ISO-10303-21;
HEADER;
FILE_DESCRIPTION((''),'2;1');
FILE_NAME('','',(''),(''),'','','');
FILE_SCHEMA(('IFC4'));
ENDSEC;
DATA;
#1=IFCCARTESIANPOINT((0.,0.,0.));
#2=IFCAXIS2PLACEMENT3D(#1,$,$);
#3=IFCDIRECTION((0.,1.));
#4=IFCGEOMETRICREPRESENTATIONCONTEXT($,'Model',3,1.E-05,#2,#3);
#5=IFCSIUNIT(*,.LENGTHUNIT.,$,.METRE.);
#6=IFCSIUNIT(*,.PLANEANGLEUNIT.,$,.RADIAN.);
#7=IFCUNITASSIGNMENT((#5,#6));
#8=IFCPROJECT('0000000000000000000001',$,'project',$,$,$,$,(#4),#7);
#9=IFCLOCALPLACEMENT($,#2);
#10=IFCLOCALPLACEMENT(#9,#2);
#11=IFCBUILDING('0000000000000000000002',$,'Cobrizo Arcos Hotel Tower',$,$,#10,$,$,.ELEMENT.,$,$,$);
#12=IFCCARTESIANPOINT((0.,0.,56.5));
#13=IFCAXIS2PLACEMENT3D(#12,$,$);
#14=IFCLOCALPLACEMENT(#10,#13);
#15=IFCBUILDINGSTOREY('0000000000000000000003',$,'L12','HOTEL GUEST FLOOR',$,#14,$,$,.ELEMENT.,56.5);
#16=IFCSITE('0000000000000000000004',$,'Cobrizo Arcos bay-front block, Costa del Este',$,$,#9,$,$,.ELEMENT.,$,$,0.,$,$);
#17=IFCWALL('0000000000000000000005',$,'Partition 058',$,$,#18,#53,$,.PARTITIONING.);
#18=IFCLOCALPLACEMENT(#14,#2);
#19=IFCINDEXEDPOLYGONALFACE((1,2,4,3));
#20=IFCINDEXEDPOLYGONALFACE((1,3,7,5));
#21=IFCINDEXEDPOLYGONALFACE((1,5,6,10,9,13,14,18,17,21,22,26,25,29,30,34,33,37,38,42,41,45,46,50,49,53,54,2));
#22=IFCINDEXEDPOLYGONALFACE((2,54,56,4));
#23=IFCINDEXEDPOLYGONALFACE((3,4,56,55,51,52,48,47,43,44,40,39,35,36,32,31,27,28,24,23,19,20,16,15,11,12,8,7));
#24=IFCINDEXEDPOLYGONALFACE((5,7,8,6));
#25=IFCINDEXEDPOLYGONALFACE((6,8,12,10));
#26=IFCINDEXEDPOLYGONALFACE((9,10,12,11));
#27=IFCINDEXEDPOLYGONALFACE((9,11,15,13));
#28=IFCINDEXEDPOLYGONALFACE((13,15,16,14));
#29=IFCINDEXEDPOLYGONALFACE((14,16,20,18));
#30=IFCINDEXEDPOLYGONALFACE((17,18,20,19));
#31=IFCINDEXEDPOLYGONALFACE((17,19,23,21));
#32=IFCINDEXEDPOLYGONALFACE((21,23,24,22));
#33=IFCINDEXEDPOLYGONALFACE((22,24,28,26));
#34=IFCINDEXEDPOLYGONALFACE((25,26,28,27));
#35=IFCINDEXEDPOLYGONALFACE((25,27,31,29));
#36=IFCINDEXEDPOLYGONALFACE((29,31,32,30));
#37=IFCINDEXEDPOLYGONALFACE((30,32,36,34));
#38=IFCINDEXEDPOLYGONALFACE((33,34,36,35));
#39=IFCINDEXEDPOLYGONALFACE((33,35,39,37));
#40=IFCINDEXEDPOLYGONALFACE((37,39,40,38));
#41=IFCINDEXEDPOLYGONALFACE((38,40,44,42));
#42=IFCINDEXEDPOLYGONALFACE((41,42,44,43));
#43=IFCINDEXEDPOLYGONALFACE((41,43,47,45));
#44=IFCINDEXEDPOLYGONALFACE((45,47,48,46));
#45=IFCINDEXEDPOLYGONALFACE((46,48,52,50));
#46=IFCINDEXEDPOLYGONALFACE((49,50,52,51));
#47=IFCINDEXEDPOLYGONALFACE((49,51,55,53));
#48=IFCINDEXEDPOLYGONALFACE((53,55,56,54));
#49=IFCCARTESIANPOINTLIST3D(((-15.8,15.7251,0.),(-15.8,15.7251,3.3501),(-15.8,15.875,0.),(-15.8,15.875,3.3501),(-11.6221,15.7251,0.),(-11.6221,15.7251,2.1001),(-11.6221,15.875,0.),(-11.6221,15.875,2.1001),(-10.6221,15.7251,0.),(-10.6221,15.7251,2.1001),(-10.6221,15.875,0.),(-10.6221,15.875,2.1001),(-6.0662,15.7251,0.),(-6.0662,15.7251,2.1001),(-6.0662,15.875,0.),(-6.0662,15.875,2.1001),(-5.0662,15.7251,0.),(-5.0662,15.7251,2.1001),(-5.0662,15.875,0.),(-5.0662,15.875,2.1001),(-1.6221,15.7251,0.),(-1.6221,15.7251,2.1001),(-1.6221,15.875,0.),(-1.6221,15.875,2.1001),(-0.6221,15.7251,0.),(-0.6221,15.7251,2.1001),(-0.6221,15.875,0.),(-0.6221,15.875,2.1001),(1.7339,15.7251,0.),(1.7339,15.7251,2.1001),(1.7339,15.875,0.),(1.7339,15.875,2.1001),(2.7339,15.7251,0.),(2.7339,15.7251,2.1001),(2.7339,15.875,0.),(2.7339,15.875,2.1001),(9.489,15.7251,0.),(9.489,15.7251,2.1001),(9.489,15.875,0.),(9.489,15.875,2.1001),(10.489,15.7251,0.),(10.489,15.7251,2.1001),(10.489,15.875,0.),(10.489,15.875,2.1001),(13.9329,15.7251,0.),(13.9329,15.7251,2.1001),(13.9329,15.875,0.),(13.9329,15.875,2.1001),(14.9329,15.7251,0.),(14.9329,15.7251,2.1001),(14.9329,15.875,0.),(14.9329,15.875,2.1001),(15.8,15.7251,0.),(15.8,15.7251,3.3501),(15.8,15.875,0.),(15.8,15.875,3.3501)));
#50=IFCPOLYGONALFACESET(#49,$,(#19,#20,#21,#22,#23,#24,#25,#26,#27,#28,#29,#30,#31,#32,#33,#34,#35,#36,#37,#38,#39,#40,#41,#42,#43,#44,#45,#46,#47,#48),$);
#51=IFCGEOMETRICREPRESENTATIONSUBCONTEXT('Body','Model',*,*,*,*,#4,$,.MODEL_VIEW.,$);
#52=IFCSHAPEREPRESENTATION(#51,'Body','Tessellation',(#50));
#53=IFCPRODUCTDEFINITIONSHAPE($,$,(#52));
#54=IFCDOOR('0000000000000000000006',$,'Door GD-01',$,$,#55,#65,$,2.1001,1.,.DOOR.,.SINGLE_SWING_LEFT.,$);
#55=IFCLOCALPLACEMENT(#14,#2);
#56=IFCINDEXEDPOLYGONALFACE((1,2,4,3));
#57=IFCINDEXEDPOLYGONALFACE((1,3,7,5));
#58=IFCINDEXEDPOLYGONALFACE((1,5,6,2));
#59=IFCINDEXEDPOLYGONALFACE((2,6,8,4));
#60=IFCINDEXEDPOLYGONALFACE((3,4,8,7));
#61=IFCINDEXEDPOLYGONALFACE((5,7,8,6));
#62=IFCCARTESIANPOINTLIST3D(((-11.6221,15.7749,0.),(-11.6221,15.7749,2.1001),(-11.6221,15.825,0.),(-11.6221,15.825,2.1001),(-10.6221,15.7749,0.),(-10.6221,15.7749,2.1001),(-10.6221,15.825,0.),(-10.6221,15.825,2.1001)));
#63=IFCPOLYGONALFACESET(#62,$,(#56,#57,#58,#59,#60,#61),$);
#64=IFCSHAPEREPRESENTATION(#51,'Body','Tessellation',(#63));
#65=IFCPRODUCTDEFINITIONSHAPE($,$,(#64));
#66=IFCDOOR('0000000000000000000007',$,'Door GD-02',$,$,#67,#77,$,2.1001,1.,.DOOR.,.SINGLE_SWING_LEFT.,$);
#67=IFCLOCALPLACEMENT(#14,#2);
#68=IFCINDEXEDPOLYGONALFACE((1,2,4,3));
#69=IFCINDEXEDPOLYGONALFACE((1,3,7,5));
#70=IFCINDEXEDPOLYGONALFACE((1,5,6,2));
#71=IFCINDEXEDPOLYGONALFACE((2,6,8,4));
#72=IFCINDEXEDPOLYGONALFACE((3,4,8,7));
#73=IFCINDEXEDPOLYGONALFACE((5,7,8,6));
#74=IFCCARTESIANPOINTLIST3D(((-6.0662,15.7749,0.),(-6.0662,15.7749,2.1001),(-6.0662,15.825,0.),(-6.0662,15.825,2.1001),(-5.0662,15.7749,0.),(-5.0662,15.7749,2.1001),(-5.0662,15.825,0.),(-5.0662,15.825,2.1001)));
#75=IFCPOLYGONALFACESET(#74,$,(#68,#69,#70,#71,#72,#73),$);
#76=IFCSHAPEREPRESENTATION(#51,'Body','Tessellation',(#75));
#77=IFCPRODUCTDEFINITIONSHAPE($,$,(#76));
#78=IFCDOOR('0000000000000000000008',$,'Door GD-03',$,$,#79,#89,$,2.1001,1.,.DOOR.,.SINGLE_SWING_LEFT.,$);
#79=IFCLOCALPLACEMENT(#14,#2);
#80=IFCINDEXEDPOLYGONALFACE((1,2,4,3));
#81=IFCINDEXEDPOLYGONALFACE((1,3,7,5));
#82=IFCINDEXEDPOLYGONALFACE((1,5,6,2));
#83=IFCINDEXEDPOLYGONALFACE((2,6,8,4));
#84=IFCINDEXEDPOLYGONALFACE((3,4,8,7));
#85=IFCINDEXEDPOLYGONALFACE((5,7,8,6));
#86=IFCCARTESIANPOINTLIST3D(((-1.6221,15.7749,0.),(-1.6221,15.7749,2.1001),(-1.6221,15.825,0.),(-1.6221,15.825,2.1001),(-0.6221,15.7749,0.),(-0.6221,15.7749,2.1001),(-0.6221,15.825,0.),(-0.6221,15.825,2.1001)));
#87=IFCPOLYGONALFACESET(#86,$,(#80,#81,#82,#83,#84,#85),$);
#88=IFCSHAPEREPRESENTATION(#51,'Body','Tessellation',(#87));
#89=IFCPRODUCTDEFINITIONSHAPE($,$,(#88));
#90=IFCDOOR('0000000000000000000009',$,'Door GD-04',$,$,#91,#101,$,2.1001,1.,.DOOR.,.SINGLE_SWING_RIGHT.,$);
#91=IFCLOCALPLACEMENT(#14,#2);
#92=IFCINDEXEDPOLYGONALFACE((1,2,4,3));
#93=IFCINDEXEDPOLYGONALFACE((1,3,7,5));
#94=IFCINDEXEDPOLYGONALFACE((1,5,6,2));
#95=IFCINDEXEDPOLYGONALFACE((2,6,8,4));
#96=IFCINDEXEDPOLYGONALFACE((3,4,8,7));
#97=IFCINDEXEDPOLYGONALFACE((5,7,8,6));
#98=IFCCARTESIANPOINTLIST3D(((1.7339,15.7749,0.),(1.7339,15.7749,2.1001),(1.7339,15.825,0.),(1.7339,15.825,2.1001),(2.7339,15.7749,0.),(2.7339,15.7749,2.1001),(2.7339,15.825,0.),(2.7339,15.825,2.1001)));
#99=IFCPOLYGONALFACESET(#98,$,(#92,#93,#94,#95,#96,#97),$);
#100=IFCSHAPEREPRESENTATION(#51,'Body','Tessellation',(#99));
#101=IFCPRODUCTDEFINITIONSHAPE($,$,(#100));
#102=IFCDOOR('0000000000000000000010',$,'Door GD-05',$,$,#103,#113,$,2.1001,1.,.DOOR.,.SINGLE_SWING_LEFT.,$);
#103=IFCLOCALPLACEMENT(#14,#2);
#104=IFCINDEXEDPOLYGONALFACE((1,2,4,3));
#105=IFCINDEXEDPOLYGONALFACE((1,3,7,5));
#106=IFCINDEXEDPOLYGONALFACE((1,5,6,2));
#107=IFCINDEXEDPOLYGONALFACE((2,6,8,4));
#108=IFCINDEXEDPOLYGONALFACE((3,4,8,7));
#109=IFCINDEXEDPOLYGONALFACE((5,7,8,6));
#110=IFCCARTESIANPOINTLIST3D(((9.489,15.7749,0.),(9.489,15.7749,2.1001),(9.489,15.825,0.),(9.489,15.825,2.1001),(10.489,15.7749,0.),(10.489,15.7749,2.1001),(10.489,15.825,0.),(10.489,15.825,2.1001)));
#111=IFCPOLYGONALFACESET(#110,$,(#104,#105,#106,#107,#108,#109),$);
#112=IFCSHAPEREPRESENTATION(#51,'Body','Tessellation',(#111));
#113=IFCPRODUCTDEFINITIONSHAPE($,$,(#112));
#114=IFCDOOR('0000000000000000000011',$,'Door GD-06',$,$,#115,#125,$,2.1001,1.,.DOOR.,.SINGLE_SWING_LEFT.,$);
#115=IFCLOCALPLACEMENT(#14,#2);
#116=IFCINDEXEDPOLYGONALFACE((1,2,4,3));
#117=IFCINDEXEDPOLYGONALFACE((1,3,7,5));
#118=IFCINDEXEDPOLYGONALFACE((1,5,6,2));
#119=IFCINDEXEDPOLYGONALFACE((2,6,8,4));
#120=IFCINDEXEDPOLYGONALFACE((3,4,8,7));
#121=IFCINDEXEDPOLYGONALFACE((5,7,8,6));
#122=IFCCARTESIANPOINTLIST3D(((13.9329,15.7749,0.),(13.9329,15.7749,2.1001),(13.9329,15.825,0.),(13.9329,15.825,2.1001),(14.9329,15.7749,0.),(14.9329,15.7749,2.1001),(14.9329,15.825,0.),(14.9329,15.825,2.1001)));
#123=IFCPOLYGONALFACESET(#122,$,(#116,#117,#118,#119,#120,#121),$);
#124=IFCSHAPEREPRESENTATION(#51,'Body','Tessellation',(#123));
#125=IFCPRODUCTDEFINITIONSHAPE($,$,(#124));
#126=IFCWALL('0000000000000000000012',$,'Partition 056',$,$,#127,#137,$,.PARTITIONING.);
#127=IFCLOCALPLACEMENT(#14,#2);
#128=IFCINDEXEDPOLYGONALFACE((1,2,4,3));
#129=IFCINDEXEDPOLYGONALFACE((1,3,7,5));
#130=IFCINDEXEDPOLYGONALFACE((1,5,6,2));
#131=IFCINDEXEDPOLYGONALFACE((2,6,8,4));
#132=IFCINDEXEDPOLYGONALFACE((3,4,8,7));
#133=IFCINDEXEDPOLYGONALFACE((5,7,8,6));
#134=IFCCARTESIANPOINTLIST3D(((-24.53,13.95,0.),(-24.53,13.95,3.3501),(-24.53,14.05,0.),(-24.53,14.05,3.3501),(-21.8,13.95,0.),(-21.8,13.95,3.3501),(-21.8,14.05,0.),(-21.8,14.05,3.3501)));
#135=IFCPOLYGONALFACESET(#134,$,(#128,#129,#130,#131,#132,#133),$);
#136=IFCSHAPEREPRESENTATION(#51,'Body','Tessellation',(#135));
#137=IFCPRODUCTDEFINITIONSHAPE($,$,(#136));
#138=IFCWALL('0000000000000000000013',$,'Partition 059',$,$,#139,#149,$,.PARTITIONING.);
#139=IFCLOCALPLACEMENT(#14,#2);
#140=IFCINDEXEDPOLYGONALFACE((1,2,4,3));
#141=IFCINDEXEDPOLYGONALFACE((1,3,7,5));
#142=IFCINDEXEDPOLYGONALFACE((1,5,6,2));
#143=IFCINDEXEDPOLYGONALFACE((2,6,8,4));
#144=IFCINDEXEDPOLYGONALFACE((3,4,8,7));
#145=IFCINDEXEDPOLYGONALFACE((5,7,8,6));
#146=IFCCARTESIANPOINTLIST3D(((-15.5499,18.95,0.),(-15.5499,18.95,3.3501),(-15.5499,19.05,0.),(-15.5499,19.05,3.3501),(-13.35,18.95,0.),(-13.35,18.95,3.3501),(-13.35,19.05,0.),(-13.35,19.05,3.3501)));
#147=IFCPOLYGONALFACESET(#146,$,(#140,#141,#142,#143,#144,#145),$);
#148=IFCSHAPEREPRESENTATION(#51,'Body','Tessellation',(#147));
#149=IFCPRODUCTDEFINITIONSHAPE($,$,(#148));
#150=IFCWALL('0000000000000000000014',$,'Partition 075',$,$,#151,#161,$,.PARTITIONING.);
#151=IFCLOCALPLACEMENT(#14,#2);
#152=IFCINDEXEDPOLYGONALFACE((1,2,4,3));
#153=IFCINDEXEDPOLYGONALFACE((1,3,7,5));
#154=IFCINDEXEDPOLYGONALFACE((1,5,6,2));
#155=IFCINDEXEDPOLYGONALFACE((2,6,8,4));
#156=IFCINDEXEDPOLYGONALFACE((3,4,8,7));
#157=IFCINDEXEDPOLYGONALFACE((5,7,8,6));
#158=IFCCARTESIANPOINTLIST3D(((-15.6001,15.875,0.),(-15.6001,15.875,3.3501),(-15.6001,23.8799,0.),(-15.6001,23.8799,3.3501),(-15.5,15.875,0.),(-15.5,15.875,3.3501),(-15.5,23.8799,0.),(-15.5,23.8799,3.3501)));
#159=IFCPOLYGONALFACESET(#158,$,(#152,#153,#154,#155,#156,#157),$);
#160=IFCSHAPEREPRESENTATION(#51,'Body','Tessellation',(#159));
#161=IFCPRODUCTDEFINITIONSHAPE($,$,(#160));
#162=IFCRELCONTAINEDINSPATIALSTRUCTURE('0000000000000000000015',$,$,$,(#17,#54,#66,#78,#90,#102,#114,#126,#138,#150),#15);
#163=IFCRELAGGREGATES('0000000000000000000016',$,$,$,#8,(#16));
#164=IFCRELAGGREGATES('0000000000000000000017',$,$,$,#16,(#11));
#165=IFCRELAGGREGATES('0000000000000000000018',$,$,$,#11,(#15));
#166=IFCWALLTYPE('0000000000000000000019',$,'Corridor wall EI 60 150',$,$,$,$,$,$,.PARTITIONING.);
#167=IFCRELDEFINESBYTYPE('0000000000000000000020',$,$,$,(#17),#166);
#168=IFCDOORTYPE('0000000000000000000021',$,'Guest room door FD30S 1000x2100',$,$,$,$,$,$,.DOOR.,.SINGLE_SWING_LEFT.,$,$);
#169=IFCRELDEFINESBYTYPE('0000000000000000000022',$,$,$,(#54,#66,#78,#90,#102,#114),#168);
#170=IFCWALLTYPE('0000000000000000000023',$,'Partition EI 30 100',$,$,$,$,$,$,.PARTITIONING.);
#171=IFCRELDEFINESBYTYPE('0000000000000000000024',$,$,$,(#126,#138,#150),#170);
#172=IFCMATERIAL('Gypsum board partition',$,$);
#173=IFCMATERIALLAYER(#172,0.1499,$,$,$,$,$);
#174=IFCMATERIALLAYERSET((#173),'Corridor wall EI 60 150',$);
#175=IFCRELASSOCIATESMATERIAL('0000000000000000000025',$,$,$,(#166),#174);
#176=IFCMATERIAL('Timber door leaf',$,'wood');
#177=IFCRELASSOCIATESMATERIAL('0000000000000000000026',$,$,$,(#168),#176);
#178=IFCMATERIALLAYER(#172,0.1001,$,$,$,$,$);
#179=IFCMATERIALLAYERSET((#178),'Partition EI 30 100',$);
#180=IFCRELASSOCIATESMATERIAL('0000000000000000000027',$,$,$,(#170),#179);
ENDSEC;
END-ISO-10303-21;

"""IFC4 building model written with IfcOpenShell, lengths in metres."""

from ifc_helpers import new_model, si_unit, direction, frame, frame_2d, origin, place, context, subcontext, project, spatial, rectangle, extrude, material, layer, layer_set, type_object, element, fill, save


model = new_model("IFC4")

# Units and contexts
model_context = context("Model", 3, precision=1e-05, world=origin(), true_north=direction((0.0, 1.0)))
body_context = subcontext(model_context, "Body", "Model", "MODEL_VIEW")
ifc_project = project(units=[si_unit("LENGTHUNIT", "METRE"), si_unit("PLANEANGLEUNIT", "RADIAN")], contexts=[model_context])

# Site, building, storey
site_placement = place(None, origin())
site = spatial("IfcSite", under=ifc_project, at=site_placement, Name="Cobrizo Arcos bay-front block, Costa del Este", CompositionType="ELEMENT", RefElevation=0.0)
building_placement = place(site_placement, origin())
building = spatial("IfcBuilding", under=site, at=building_placement, Name="Cobrizo Arcos Hotel Tower", CompositionType="ELEMENT")
storey_placement = place(building_placement, frame((0.0, 0.0, 56.5)))
storey = spatial("IfcBuildingStorey", under=building, at=storey_placement, Name="L12", Description="HOTEL GUEST FLOOR", CompositionType="ELEMENT", Elevation=56.5)

# Wall, openings, doors
ifc_material_1 = material(Name="Gypsum board partition")
ifc_layer_1 = layer(ifc_material_1, 0.1499)
ifc_layer_set_1 = layer_set([ifc_layer_1], Name="Corridor wall EI 60 150")
wall_type_1 = type_object("IfcWallType", Name="Corridor wall EI 60 150", PredefinedType="PARTITIONING", material=ifc_layer_set_1)
wall_1_placement = place(storey_placement, frame((-15.8, 15.8, 0.0), z_axis=(0.0, 0.0, 1.0), x_axis=(1.0, 0.0, 0.0)))
wall_1 = element("IfcWall", 1, at=wall_1_placement, inside=storey, type_object=wall_type_1, Name="Partition 058", PredefinedType="PARTITIONING", context=body_context, shape_type="SweptSolid", body=[
    extrude(rectangle(XDim=31.6001, YDim=0.1499, at=frame_2d((15.8, 0.0))), origin(), (0.0, 0.0, 1.0), 3.3501),
])
opening_1_placement = place(wall_1_placement, frame((4.178, 0.0, 0.0)))
opening_1 = element("IfcOpeningElement", 2, at=opening_1_placement, cuts=wall_1, PredefinedType="OPENING", context=body_context, shape_type="SweptSolid", body=[
    extrude(rectangle(XDim=1.0, YDim=2.1001, at=frame_2d((0.5, 1.05))), frame((0.0, 0.0869, 0.0), z_axis=(0.0, -1.0, 0.0), x_axis=(1.0, 0.0, 0.0)), (0.0, 0.0, 1.0), 0.1738),
])
opening_2_placement = place(wall_1_placement, frame((9.7339, 0.0, 0.0)))
opening_2 = element("IfcOpeningElement", 3, at=opening_2_placement, cuts=wall_1, PredefinedType="OPENING", context=body_context, shape_type="SweptSolid", body=[
    extrude(rectangle(XDim=1.0, YDim=2.1001, at=frame_2d((0.5, 1.05))), frame((0.0, 0.0869, 0.0), z_axis=(0.0, -1.0, 0.0), x_axis=(1.0, 0.0, 0.0)), (0.0, 0.0, 1.0), 0.1738),
])
opening_3_placement = place(wall_1_placement, frame((14.178, 0.0, 0.0)))
opening_3 = element("IfcOpeningElement", 4, at=opening_3_placement, cuts=wall_1, PredefinedType="OPENING", context=body_context, shape_type="SweptSolid", body=[
    extrude(rectangle(XDim=1.0, YDim=2.1001, at=frame_2d((0.5, 1.05))), frame((0.0, 0.0869, 0.0), z_axis=(0.0, -1.0, 0.0), x_axis=(1.0, 0.0, 0.0)), (0.0, 0.0, 1.0), 0.1738),
])
opening_4_placement = place(wall_1_placement, frame((17.5339, 0.0, 0.0)))
opening_4 = element("IfcOpeningElement", 5, at=opening_4_placement, cuts=wall_1, PredefinedType="OPENING", context=body_context, shape_type="SweptSolid", body=[
    extrude(rectangle(XDim=1.0, YDim=2.1001, at=frame_2d((0.5, 1.05))), frame((0.0, 0.0869, 0.0), z_axis=(0.0, -1.0, 0.0), x_axis=(1.0, 0.0, 0.0)), (0.0, 0.0, 1.0), 0.1738),
])
opening_5_placement = place(wall_1_placement, frame((25.2891, 0.0, 0.0)))
opening_5 = element("IfcOpeningElement", 6, at=opening_5_placement, cuts=wall_1, PredefinedType="OPENING", context=body_context, shape_type="SweptSolid", body=[
    extrude(rectangle(XDim=1.0, YDim=2.1001, at=frame_2d((0.5, 1.05))), frame((0.0, 0.0869, 0.0), z_axis=(0.0, -1.0, 0.0), x_axis=(1.0, 0.0, 0.0)), (0.0, 0.0, 1.0), 0.1738),
])
opening_6_placement = place(wall_1_placement, frame((29.7329, 0.0, 0.0)))
opening_6 = element("IfcOpeningElement", 7, at=opening_6_placement, cuts=wall_1, PredefinedType="OPENING", context=body_context, shape_type="SweptSolid", body=[
    extrude(rectangle(XDim=1.0, YDim=2.1001, at=frame_2d((0.5, 1.05))), frame((0.0, 0.0869, 0.0), z_axis=(0.0, -1.0, 0.0), x_axis=(1.0, 0.0, 0.0)), (0.0, 0.0, 1.0), 0.1738),
])
ifc_material_2 = material(Name="Timber door leaf", Category="wood")
door_type = type_object("IfcDoorType", Name="Guest room door FD30S 1000x2100", OperationType="SINGLE_SWING_LEFT", PredefinedType="DOOR", material=ifc_material_2)
door_1_placement = place(opening_1_placement, origin())
door_1 = element("IfcDoor", 8, at=door_1_placement, inside=storey, type_object=door_type, Name="Door GD-01", OperationType="SINGLE_SWING_LEFT", OverallHeight=2.1001, OverallWidth=1.0, PredefinedType="DOOR", context=body_context, shape_type="SweptSolid", body=[
    extrude(rectangle(XDim=1.0, YDim=2.1001, at=frame_2d((0.5, 1.05))), frame((0.0, 0.0249, 0.0), z_axis=(0.0, -1.0, 0.0), x_axis=(1.0, 0.0, 0.0)), (0.0, 0.0, 1.0), 0.05),
])
fill(opening_1, door_1)
door_2_placement = place(opening_2_placement, origin())
door_2 = element("IfcDoor", 9, at=door_2_placement, inside=storey, type_object=door_type, Name="Door GD-02", OperationType="SINGLE_SWING_LEFT", OverallHeight=2.1001, OverallWidth=1.0, PredefinedType="DOOR", context=body_context, shape_type="SweptSolid", body=[
    extrude(rectangle(XDim=1.0, YDim=2.1001, at=frame_2d((0.5, 1.05))), frame((0.0, 0.0249, 0.0), z_axis=(0.0, -1.0, 0.0), x_axis=(1.0, 0.0, 0.0)), (0.0, 0.0, 1.0), 0.05),
])
fill(opening_2, door_2)
door_3_placement = place(opening_3_placement, origin())
door_3 = element("IfcDoor", 10, at=door_3_placement, inside=storey, type_object=door_type, Name="Door GD-03", OperationType="SINGLE_SWING_LEFT", OverallHeight=2.1001, OverallWidth=1.0, PredefinedType="DOOR", context=body_context, shape_type="SweptSolid", body=[
    extrude(rectangle(XDim=1.0, YDim=2.1001, at=frame_2d((0.5, 1.05))), frame((0.0, 0.0249, 0.0), z_axis=(0.0, -1.0, 0.0), x_axis=(1.0, 0.0, 0.0)), (0.0, 0.0, 1.0), 0.05),
])
fill(opening_3, door_3)
door_4_placement = place(opening_4_placement, origin())
door_4 = element("IfcDoor", 11, at=door_4_placement, inside=storey, type_object=door_type, Name="Door GD-04", OperationType="SINGLE_SWING_RIGHT", OverallHeight=2.1001, OverallWidth=1.0, PredefinedType="DOOR", context=body_context, shape_type="SweptSolid", body=[
    extrude(rectangle(XDim=1.0, YDim=2.1001, at=frame_2d((0.5, 1.05))), frame((0.0, 0.0249, 0.0), z_axis=(0.0, -1.0, 0.0), x_axis=(1.0, 0.0, 0.0)), (0.0, 0.0, 1.0), 0.05),
])
fill(opening_4, door_4)
door_5_placement = place(opening_5_placement, origin())
door_5 = element("IfcDoor", 12, at=door_5_placement, inside=storey, type_object=door_type, Name="Door GD-05", OperationType="SINGLE_SWING_LEFT", OverallHeight=2.1001, OverallWidth=1.0, PredefinedType="DOOR", context=body_context, shape_type="SweptSolid", body=[
    extrude(rectangle(XDim=1.0, YDim=2.1001, at=frame_2d((0.5, 1.05))), frame((0.0, 0.0249, 0.0), z_axis=(0.0, -1.0, 0.0), x_axis=(1.0, 0.0, 0.0)), (0.0, 0.0, 1.0), 0.05),
])
fill(opening_5, door_5)
door_6_placement = place(opening_6_placement, origin())
door_6 = element("IfcDoor", 13, at=door_6_placement, inside=storey, type_object=door_type, Name="Door GD-06", OperationType="SINGLE_SWING_LEFT", OverallHeight=2.1001, OverallWidth=1.0, PredefinedType="DOOR", context=body_context, shape_type="SweptSolid", body=[
    extrude(rectangle(XDim=1.0, YDim=2.1001, at=frame_2d((0.5, 1.05))), frame((0.0, 0.0249, 0.0), z_axis=(0.0, -1.0, 0.0), x_axis=(1.0, 0.0, 0.0)), (0.0, 0.0, 1.0), 0.05),
])
fill(opening_6, door_6)

# Walls
ifc_layer_2 = layer(ifc_material_1, 0.1001)
ifc_layer_set_2 = layer_set([ifc_layer_2], Name="Partition EI 30 100")
wall_type_2 = type_object("IfcWallType", Name="Partition EI 30 100", PredefinedType="PARTITIONING", material=ifc_layer_set_2)
wall_2_placement = place(storey_placement, frame((-24.53, 14.0, 0.0), z_axis=(0.0, 0.0, 1.0), x_axis=(1.0, 0.0, 0.0)))
element("IfcWall", 14, at=wall_2_placement, inside=storey, type_object=wall_type_2, Name="Partition 056", PredefinedType="PARTITIONING", context=body_context, shape_type="SweptSolid", body=[
    extrude(rectangle(XDim=2.73, YDim=0.1001, at=frame_2d((1.365, 0.0))), origin(), (0.0, 0.0, 1.0), 3.3501),
])
wall_3_placement = place(storey_placement, frame((-15.55, 19.0, 0.0), z_axis=(0.0, 0.0, 1.0), x_axis=(1.0, 0.0, 0.0)))
element("IfcWall", 15, at=wall_3_placement, inside=storey, type_object=wall_type_2, Name="Partition 059", PredefinedType="PARTITIONING", context=body_context, shape_type="SweptSolid", body=[
    extrude(rectangle(XDim=2.2, YDim=0.1001, at=frame_2d((1.1001, 0.0))), origin(), (0.0, 0.0, 1.0), 3.3501),
])
wall_4_placement = place(storey_placement, frame((-15.55, 15.875, 0.0), z_axis=(0.0, 0.0, 1.0), x_axis=(0.0, 1.0, 0.0)))
element("IfcWall", 16, at=wall_4_placement, inside=storey, type_object=wall_type_2, Name="Partition 075", PredefinedType="PARTITIONING", context=body_context, shape_type="SweptSolid", body=[
    extrude(rectangle(XDim=8.0049, YDim=0.1001, at=frame_2d((4.0024, 0.0))), origin(), (0.0, 0.0, 1.0), 3.3501),
])

save(model, "model.ifc")
